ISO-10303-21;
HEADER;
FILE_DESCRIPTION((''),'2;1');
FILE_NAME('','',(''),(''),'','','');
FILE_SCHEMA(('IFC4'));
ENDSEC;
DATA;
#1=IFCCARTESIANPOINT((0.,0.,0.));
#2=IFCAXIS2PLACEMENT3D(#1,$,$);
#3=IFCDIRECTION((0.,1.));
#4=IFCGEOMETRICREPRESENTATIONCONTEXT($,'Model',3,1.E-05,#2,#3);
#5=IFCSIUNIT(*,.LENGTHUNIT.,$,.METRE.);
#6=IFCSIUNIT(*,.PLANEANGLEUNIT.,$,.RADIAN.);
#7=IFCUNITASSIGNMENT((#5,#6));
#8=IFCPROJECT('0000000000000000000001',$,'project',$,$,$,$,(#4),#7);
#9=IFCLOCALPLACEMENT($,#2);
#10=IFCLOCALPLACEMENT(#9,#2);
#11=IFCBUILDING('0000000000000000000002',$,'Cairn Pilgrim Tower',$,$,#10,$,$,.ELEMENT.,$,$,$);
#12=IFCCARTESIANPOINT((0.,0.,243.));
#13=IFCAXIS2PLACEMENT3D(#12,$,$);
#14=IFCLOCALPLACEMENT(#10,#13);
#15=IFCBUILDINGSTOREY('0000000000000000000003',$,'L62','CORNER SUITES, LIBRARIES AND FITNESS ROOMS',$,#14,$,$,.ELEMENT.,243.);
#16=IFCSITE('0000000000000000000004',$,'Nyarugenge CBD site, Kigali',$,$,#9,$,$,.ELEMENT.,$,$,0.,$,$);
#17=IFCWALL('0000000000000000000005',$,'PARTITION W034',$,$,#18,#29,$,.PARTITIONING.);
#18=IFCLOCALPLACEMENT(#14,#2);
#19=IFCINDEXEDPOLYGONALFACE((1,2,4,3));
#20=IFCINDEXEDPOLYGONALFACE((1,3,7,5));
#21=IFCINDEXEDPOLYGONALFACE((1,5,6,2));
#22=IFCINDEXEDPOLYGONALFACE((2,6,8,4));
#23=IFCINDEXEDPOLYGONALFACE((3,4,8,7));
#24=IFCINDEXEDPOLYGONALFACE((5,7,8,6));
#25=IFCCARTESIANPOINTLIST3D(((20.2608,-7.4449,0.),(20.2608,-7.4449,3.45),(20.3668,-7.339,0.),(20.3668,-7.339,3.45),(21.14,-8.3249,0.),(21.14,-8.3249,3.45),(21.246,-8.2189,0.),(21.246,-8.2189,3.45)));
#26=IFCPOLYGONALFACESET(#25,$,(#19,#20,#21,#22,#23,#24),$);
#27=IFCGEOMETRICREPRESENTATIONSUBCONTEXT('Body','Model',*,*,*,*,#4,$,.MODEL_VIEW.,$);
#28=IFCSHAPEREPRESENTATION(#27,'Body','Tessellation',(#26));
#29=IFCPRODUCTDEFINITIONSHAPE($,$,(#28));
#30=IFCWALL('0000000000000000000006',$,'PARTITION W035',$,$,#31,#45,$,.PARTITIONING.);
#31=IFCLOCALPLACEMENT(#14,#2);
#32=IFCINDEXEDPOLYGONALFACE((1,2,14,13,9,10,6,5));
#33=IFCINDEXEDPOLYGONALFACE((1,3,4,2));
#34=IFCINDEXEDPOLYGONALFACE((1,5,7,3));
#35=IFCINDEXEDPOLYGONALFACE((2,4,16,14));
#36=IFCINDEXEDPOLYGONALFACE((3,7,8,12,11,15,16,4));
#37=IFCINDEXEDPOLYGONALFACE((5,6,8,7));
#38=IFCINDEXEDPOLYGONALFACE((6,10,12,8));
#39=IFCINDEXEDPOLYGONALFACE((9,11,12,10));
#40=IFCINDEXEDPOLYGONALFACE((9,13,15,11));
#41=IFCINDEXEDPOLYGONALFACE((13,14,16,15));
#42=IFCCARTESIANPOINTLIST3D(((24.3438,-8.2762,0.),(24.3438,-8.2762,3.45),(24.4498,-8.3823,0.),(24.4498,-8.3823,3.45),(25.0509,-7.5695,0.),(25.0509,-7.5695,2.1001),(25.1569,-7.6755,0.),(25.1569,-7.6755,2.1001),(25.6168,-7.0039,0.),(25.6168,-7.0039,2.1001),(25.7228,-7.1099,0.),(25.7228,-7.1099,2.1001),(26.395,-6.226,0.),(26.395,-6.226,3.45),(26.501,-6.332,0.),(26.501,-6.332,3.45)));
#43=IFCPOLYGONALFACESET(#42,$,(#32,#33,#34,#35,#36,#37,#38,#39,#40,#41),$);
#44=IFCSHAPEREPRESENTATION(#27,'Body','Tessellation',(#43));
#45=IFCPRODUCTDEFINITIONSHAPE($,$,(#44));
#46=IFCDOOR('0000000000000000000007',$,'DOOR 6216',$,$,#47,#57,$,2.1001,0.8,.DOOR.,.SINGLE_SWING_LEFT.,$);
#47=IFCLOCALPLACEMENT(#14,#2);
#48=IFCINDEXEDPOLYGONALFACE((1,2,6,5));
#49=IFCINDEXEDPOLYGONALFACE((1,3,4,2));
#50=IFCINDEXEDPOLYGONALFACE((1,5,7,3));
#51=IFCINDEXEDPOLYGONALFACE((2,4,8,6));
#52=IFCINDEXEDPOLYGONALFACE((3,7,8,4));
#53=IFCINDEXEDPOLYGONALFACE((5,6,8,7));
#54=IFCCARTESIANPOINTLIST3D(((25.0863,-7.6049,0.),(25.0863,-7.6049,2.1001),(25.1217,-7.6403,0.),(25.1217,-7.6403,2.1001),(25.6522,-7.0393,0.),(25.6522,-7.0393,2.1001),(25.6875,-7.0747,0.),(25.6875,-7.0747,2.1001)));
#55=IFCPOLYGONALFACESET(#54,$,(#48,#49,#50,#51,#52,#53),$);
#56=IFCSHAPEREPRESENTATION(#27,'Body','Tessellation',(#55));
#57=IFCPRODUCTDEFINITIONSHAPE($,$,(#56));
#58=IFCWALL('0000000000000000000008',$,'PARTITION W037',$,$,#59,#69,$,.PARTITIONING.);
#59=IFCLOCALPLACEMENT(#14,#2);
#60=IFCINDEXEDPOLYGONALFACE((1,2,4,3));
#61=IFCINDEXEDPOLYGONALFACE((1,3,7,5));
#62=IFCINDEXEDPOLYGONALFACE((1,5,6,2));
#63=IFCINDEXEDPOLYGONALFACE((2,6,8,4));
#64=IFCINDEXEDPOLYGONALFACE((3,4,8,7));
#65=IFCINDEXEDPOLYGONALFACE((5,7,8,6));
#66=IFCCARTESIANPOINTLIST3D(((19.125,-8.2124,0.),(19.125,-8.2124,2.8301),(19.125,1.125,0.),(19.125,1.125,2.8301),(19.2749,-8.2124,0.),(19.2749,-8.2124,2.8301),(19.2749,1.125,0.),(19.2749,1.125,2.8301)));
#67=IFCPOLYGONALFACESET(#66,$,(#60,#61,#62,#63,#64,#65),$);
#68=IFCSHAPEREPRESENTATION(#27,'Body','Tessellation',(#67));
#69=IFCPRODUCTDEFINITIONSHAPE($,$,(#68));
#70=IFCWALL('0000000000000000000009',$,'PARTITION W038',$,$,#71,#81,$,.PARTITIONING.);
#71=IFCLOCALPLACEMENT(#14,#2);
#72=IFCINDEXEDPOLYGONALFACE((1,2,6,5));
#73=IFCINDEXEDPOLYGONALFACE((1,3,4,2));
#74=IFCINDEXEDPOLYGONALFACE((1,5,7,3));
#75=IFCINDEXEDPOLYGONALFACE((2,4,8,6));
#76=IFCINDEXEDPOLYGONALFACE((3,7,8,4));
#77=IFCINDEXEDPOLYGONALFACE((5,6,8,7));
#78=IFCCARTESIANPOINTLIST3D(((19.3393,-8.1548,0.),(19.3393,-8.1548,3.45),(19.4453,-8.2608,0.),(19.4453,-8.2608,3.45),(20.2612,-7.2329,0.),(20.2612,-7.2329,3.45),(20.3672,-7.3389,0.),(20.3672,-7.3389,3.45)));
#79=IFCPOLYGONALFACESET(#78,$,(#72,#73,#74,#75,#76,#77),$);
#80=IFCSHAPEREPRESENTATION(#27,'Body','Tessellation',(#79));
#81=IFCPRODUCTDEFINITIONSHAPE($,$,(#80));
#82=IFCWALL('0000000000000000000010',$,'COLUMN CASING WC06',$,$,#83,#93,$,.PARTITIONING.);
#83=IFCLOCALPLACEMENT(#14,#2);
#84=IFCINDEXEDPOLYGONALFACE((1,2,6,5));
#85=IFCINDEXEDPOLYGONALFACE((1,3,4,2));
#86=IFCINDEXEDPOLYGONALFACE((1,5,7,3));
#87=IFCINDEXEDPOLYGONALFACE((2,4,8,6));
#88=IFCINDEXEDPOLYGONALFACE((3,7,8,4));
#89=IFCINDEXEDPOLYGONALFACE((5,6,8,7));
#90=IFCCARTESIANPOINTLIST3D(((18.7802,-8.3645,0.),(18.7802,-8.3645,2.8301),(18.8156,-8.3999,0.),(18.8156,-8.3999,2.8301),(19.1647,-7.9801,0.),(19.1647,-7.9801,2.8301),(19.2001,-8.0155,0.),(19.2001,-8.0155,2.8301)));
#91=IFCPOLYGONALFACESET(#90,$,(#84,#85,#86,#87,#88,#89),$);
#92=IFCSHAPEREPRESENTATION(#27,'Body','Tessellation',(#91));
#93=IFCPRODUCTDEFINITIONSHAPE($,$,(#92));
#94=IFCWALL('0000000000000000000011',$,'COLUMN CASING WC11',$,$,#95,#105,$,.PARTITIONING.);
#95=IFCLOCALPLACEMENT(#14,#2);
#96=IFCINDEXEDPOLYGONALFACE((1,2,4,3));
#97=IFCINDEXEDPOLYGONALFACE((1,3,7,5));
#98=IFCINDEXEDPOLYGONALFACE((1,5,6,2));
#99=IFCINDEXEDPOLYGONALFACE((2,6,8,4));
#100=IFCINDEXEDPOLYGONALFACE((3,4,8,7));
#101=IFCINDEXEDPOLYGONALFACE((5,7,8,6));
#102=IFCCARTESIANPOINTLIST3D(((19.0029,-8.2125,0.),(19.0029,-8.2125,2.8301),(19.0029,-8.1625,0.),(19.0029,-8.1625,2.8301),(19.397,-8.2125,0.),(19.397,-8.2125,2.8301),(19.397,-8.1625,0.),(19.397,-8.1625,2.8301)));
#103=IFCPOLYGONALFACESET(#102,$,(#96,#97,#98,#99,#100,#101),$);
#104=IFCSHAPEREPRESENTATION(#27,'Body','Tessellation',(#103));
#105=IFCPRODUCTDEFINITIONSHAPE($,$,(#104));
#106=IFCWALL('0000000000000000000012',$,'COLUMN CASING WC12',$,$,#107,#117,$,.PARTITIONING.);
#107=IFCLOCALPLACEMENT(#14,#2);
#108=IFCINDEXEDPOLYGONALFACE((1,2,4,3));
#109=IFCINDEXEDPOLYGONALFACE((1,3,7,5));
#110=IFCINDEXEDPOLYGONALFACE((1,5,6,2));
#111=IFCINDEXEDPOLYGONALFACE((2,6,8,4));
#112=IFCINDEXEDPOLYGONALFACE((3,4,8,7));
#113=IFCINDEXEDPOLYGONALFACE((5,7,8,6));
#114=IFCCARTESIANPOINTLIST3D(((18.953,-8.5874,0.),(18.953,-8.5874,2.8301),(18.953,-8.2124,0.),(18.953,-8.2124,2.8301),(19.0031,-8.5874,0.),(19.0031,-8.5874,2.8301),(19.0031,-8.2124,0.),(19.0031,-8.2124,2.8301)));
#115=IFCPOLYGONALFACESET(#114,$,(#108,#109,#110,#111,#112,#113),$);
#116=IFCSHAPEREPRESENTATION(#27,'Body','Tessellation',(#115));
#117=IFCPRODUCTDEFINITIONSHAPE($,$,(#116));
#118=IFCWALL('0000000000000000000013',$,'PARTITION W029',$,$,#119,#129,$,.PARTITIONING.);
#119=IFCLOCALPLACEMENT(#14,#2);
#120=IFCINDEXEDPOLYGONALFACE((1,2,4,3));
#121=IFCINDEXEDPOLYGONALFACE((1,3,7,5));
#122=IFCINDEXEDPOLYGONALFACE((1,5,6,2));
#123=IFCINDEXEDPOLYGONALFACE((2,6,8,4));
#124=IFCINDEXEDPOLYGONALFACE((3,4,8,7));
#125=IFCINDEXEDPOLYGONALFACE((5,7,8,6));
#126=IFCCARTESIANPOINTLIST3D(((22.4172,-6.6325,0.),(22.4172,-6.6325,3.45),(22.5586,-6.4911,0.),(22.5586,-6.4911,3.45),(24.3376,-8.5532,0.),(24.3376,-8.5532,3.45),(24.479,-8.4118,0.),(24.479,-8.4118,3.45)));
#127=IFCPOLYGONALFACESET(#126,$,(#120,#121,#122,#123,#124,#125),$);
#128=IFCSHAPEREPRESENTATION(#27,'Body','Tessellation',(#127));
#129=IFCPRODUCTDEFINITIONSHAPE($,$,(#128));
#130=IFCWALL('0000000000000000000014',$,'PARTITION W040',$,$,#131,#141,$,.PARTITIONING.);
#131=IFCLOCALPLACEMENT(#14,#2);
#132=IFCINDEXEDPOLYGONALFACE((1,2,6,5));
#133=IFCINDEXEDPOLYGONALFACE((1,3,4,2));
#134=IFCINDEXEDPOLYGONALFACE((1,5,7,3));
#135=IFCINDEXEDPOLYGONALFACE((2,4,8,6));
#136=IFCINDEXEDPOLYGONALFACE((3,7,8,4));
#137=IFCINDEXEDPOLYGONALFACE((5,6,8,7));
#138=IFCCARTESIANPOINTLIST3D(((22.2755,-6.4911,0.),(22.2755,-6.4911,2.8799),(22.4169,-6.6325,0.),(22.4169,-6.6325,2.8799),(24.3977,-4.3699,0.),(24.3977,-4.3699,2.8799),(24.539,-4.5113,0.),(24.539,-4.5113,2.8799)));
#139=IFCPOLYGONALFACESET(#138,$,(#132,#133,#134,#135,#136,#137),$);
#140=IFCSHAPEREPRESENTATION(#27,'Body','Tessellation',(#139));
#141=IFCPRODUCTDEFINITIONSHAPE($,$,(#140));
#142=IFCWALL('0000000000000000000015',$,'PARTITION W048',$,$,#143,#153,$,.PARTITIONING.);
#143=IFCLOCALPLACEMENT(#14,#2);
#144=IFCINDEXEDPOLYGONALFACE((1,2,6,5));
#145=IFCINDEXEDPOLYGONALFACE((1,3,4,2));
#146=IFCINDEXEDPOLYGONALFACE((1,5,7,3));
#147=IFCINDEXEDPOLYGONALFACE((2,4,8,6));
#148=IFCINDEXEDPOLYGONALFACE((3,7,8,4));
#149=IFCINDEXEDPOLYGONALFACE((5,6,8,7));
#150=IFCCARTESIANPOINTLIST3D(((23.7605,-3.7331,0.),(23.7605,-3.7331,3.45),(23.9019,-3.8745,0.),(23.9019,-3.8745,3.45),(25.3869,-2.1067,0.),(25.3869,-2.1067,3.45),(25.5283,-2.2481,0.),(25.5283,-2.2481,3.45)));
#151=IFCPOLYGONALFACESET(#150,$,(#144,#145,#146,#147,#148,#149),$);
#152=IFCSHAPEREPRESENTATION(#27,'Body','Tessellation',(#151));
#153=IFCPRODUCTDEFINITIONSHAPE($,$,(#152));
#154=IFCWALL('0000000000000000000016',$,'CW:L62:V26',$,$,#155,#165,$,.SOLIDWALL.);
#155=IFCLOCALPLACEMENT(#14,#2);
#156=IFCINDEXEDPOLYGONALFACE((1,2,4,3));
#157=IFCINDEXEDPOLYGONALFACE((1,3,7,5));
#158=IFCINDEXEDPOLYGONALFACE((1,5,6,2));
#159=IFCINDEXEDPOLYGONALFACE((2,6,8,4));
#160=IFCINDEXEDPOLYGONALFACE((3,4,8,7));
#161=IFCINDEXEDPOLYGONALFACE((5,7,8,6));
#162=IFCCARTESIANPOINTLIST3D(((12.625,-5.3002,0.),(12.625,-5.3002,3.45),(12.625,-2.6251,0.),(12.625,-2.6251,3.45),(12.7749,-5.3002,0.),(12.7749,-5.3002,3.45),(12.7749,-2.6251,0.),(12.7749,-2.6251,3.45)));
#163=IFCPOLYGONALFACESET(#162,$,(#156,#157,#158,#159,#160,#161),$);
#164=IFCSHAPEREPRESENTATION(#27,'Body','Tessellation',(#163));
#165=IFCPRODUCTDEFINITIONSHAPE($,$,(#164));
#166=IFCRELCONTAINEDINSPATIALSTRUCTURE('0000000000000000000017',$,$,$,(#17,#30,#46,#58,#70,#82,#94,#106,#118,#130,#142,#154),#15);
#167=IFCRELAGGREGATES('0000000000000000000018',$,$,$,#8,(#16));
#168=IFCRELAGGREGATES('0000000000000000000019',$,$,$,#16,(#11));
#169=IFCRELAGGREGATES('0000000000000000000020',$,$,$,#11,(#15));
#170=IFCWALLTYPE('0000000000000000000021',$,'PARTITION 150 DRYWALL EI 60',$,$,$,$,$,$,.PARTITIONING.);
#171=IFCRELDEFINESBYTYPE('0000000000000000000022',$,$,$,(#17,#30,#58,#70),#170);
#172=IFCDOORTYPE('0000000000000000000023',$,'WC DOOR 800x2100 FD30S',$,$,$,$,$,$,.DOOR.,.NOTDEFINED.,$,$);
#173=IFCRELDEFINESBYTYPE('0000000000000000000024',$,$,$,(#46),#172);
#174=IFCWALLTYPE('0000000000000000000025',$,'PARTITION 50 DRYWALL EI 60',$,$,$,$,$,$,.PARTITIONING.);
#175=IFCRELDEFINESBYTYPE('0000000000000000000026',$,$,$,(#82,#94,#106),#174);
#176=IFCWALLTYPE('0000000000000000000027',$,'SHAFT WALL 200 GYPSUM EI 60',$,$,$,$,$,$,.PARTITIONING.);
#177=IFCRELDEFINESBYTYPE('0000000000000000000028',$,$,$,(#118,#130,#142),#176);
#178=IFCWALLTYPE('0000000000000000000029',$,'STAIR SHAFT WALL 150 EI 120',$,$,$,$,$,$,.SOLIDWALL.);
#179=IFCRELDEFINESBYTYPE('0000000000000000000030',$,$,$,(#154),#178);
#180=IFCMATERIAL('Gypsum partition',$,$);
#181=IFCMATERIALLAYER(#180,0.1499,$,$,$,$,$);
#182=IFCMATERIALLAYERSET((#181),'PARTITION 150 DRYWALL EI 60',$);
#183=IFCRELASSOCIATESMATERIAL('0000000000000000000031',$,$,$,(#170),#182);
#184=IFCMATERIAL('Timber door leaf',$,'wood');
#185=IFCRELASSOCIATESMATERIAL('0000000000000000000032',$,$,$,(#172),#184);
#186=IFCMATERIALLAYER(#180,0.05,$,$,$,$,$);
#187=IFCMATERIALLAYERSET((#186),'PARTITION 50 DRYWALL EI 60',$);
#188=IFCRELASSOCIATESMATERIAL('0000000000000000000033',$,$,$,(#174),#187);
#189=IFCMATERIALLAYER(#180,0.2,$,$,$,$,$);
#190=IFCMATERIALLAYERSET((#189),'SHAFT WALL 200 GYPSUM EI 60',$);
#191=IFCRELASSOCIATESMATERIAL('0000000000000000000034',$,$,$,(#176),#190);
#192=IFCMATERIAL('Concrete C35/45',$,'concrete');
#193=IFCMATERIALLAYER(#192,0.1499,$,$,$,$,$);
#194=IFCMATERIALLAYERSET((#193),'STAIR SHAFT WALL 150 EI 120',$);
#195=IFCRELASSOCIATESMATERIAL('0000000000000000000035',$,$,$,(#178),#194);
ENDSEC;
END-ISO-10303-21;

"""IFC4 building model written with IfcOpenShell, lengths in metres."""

from ifc_helpers import new_model, si_unit, direction, frame, frame_2d, origin, place, context, subcontext, project, spatial, rectangle, extrude, material, layer, layer_set, type_object, element, fill, save


model = new_model("IFC4")

# Units and contexts
model_context = context("Model", 3, precision=1e-05, world=origin(), true_north=direction((0.0, 1.0)))
body_context = subcontext(model_context, "Body", "Model", "MODEL_VIEW")
ifc_project = project(units=[si_unit("LENGTHUNIT", "METRE"), si_unit("PLANEANGLEUNIT", "RADIAN")], contexts=[model_context])

# Site, building, storey
site_placement = place(None, origin())
site = spatial("IfcSite", under=ifc_project, at=site_placement, Name="Nyarugenge CBD site, Kigali", CompositionType="ELEMENT", RefElevation=0.0)
building_placement = place(site_placement, origin())
building = spatial("IfcBuilding", under=site, at=building_placement, Name="Cairn Pilgrim Tower", CompositionType="ELEMENT")
storey_placement = place(building_placement, frame((0.0, 0.0, 243.0)))
storey = spatial("IfcBuildingStorey", under=building, at=storey_placement, Name="L62", Description="CORNER SUITES, LIBRARIES AND FITNESS ROOMS", CompositionType="ELEMENT", Elevation=243.0)

# Shared definitions
ifc_material_1 = material(Name="Gypsum partition")
ifc_layer_1 = layer(ifc_material_1, 0.1499)
ifc_layer_set_1 = layer_set([ifc_layer_1], Name="PARTITION 150 DRYWALL EI 60")
wall_type_1 = type_object("IfcWallType", Name="PARTITION 150 DRYWALL EI 60", PredefinedType="PARTITIONING", material=ifc_layer_set_1)
ifc_material_2 = material(Name="Timber door leaf", Category="wood")

# Wall
wall_1_placement = place(storey_placement, frame((21.1931, -8.272, 0.0), z_axis=(0.0, 0.0, 1.0), x_axis=(-0.706812, 0.707401, 0.0)))
element("IfcWall", 1, at=wall_1_placement, inside=storey, type_object=wall_type_1, Name="PARTITION W034", PredefinedType="PARTITIONING", context=body_context, shape_type="SweptSolid", body=[
    extrude(rectangle(XDim=1.2439, YDim=0.1499, at=frame_2d((0.6221, 0.0))), origin(), (0.0, 0.0, 1.0), 3.45),
])

# Wall, opening, door
wall_2_placement = place(storey_placement, frame((24.3967, -8.3293, 0.0), z_axis=(0.0, 0.0, 1.0), x_axis=(0.707275, 0.706938, 0.0)))
wall_2 = element("IfcWall", 2, at=wall_2_placement, inside=storey, type_object=wall_type_1, Name="PARTITION W035", PredefinedType="PARTITIONING", context=body_context, shape_type="SweptSolid", body=[
    extrude(rectangle(XDim=2.9001, YDim=0.1499, at=frame_2d((1.4502, 0.0))), origin(), (0.0, 0.0, 1.0), 3.45),
])
opening_1_placement = place(wall_2_placement, frame((1.0, 0.0, 0.0)))
opening_1 = element("IfcOpeningElement", 3, at=opening_1_placement, cuts=wall_2, PredefinedType="OPENING", context=body_context, shape_type="SweptSolid", body=[
    extrude(rectangle(XDim=0.8, YDim=2.1001, at=frame_2d((0.3999, 1.05))), frame((0.0, 0.085, 0.0), z_axis=(0.0, -1.0, 0.0), x_axis=(1.0, 0.0, 0.0)), (0.0, 0.0, 1.0), 0.1699),
])
door_type_1 = type_object("IfcDoorType", Name="WC DOOR 800x2100 FD30S", OperationType="NOTDEFINED", PredefinedType="DOOR", material=ifc_material_2)
door_1_placement = place(opening_1_placement, origin())
door_1 = element("IfcDoor", 4, at=door_1_placement, inside=storey, type_object=door_type_1, Name="DOOR 6216", OperationType="SINGLE_SWING_LEFT", OverallHeight=2.1001, OverallWidth=0.8, PredefinedType="DOOR", context=body_context, shape_type="SweptSolid", body=[
    extrude(rectangle(XDim=0.8, YDim=2.1001, at=frame_2d((0.3999, 1.05))), frame((0.0, 0.0249, 0.0), z_axis=(0.0, -1.0, 0.0), x_axis=(1.0, 0.0, 0.0)), (0.0, 0.0, 1.0), 0.05),
])
fill(opening_1, door_1)

# Walls
wall_3_placement = place(storey_placement, frame((19.2, -8.2124, 0.0), z_axis=(0.0, 0.0, 1.0), x_axis=(0.0, 1.0, 0.0)))
element("IfcWall", 5, at=wall_3_placement, inside=storey, type_object=wall_type_1, Name="PARTITION W037", PredefinedType="PARTITIONING", context=body_context, shape_type="SweptSolid", body=[
    extrude(rectangle(XDim=9.3374, YDim=0.1499, at=frame_2d((4.6687, 0.0))), origin(), (0.0, 0.0, 1.0), 2.8301),
])
wall_4_placement = place(storey_placement, frame((19.3923, -8.2078, 0.0), z_axis=(0.0, 0.0, 1.0), x_axis=(0.707107, 0.707107, 0.0)))
element("IfcWall", 6, at=wall_4_placement, inside=storey, type_object=wall_type_1, Name="PARTITION W038", PredefinedType="PARTITIONING", context=body_context, shape_type="SweptSolid", body=[
    extrude(rectangle(XDim=1.3037, YDim=0.1499, at=frame_2d((0.6519, 0.0))), origin(), (0.0, 0.0, 1.0), 3.45),
])
ifc_layer_2 = layer(ifc_material_1, 0.05)
ifc_layer_set_2 = layer_set([ifc_layer_2], Name="PARTITION 50 DRYWALL EI 60")
wall_type_2 = type_object("IfcWallType", Name="PARTITION 50 DRYWALL EI 60", PredefinedType="PARTITIONING", material=ifc_layer_set_2)
wall_5_placement = place(storey_placement, frame((18.7979, -8.3823, 0.0), z_axis=(0.0, 0.0, 1.0), x_axis=(0.707107, 0.707107, 0.0)))
element("IfcWall", 7, at=wall_5_placement, inside=storey, type_object=wall_type_2, Name="COLUMN CASING WC06", PredefinedType="PARTITIONING", context=body_context, shape_type="SweptSolid", body=[
    extrude(rectangle(XDim=0.5437, YDim=0.05, at=frame_2d((0.272, 0.0))), origin(), (0.0, 0.0, 1.0), 2.8301),
])
wall_6_placement = place(storey_placement, frame((19.0029, -8.1875, 0.0), z_axis=(0.0, 0.0, 1.0), x_axis=(1.0, 0.0, 0.0)))
element("IfcWall", 8, at=wall_6_placement, inside=storey, type_object=wall_type_2, Name="COLUMN CASING WC11", PredefinedType="PARTITIONING", context=body_context, shape_type="SweptSolid", body=[
    extrude(rectangle(XDim=0.394, YDim=0.05, at=frame_2d((0.197, 0.0))), origin(), (0.0, 0.0, 1.0), 2.8301),
])
wall_7_placement = place(storey_placement, frame((18.978, -8.5874, 0.0), z_axis=(0.0, 0.0, 1.0), x_axis=(0.0, 1.0, 0.0)))
element("IfcWall", 9, at=wall_7_placement, inside=storey, type_object=wall_type_2, Name="COLUMN CASING WC12", PredefinedType="PARTITIONING", context=body_context, shape_type="SweptSolid", body=[
    extrude(rectangle(XDim=0.375, YDim=0.05, at=frame_2d((0.1875, 0.0))), origin(), (0.0, 0.0, 1.0), 2.8301),
])
ifc_layer_3 = layer(ifc_material_1, 0.2)
ifc_layer_set_3 = layer_set([ifc_layer_3], Name="SHAFT WALL 200 GYPSUM EI 60")
wall_type_3 = type_object("IfcWallType", Name="SHAFT WALL 200 GYPSUM EI 60", PredefinedType="PARTITIONING", material=ifc_layer_set_3)
wall_8_placement = place(storey_placement, frame((24.4082, -8.4824, 0.0), z_axis=(0.0, 0.0, 1.0), x_axis=(-0.707062, 0.707152, 0.0)))
element("IfcWall", 10, at=wall_8_placement, inside=storey, type_object=wall_type_3, Name="PARTITION W029", PredefinedType="PARTITIONING", context=body_context, shape_type="SweptSolid", body=[
    extrude(rectangle(XDim=2.7161, YDim=0.2, at=frame_2d((1.3579, 0.0))), origin(), (0.0, 0.0, 1.0), 3.45),
])
wall_9_placement = place(storey_placement, frame((22.3462, -6.5618, 0.0), z_axis=(0.0, 0.0, 1.0), x_axis=(0.70727, 0.706944, 0.0)))
element("IfcWall", 11, at=wall_9_placement, inside=storey, type_object=wall_type_3, Name="PARTITION W040", PredefinedType="PARTITIONING", context=body_context, shape_type="SweptSolid", body=[
    extrude(rectangle(XDim=3.0005, YDim=0.2, at=frame_2d((1.5002, 0.0))), origin(), (0.0, 0.0, 1.0), 2.8799),
])
wall_10_placement = place(storey_placement, frame((23.8313, -3.8037, 0.0), z_axis=(0.0, 0.0, 1.0), x_axis=(0.707107, 0.707107, 0.0)))
element("IfcWall", 12, at=wall_10_placement, inside=storey, type_object=wall_type_3, Name="PARTITION W048", PredefinedType="PARTITIONING", context=body_context, shape_type="SweptSolid", body=[
    extrude(rectangle(XDim=2.3, YDim=0.2, at=frame_2d((1.1499, 0.0))), origin(), (0.0, 0.0, 1.0), 3.45),
])
ifc_material_3 = material(Name="Concrete C35/45", Category="concrete")
ifc_layer_4 = layer(ifc_material_3, 0.1499)
ifc_layer_set_4 = layer_set([ifc_layer_4], Name="STAIR SHAFT WALL 150 EI 120")
wall_type_4 = type_object("IfcWallType", Name="STAIR SHAFT WALL 150 EI 120", PredefinedType="SOLIDWALL", material=ifc_layer_set_4)
wall_11_placement = place(storey_placement, frame((12.7, -5.3, 0.0), z_axis=(0.0, 0.0, 1.0), x_axis=(0.0, 1.0, 0.0)))
element("IfcWall", 13, at=wall_11_placement, inside=storey, type_object=wall_type_4, Name="CW:L62:V26", PredefinedType="SOLIDWALL", context=body_context, shape_type="SweptSolid", body=[
    extrude(rectangle(XDim=2.675, YDim=0.1499, at=frame_2d((1.3374, 0.0))), origin(), (0.0, 0.0, 1.0), 3.45),
])

save(model, "model.ifc")
